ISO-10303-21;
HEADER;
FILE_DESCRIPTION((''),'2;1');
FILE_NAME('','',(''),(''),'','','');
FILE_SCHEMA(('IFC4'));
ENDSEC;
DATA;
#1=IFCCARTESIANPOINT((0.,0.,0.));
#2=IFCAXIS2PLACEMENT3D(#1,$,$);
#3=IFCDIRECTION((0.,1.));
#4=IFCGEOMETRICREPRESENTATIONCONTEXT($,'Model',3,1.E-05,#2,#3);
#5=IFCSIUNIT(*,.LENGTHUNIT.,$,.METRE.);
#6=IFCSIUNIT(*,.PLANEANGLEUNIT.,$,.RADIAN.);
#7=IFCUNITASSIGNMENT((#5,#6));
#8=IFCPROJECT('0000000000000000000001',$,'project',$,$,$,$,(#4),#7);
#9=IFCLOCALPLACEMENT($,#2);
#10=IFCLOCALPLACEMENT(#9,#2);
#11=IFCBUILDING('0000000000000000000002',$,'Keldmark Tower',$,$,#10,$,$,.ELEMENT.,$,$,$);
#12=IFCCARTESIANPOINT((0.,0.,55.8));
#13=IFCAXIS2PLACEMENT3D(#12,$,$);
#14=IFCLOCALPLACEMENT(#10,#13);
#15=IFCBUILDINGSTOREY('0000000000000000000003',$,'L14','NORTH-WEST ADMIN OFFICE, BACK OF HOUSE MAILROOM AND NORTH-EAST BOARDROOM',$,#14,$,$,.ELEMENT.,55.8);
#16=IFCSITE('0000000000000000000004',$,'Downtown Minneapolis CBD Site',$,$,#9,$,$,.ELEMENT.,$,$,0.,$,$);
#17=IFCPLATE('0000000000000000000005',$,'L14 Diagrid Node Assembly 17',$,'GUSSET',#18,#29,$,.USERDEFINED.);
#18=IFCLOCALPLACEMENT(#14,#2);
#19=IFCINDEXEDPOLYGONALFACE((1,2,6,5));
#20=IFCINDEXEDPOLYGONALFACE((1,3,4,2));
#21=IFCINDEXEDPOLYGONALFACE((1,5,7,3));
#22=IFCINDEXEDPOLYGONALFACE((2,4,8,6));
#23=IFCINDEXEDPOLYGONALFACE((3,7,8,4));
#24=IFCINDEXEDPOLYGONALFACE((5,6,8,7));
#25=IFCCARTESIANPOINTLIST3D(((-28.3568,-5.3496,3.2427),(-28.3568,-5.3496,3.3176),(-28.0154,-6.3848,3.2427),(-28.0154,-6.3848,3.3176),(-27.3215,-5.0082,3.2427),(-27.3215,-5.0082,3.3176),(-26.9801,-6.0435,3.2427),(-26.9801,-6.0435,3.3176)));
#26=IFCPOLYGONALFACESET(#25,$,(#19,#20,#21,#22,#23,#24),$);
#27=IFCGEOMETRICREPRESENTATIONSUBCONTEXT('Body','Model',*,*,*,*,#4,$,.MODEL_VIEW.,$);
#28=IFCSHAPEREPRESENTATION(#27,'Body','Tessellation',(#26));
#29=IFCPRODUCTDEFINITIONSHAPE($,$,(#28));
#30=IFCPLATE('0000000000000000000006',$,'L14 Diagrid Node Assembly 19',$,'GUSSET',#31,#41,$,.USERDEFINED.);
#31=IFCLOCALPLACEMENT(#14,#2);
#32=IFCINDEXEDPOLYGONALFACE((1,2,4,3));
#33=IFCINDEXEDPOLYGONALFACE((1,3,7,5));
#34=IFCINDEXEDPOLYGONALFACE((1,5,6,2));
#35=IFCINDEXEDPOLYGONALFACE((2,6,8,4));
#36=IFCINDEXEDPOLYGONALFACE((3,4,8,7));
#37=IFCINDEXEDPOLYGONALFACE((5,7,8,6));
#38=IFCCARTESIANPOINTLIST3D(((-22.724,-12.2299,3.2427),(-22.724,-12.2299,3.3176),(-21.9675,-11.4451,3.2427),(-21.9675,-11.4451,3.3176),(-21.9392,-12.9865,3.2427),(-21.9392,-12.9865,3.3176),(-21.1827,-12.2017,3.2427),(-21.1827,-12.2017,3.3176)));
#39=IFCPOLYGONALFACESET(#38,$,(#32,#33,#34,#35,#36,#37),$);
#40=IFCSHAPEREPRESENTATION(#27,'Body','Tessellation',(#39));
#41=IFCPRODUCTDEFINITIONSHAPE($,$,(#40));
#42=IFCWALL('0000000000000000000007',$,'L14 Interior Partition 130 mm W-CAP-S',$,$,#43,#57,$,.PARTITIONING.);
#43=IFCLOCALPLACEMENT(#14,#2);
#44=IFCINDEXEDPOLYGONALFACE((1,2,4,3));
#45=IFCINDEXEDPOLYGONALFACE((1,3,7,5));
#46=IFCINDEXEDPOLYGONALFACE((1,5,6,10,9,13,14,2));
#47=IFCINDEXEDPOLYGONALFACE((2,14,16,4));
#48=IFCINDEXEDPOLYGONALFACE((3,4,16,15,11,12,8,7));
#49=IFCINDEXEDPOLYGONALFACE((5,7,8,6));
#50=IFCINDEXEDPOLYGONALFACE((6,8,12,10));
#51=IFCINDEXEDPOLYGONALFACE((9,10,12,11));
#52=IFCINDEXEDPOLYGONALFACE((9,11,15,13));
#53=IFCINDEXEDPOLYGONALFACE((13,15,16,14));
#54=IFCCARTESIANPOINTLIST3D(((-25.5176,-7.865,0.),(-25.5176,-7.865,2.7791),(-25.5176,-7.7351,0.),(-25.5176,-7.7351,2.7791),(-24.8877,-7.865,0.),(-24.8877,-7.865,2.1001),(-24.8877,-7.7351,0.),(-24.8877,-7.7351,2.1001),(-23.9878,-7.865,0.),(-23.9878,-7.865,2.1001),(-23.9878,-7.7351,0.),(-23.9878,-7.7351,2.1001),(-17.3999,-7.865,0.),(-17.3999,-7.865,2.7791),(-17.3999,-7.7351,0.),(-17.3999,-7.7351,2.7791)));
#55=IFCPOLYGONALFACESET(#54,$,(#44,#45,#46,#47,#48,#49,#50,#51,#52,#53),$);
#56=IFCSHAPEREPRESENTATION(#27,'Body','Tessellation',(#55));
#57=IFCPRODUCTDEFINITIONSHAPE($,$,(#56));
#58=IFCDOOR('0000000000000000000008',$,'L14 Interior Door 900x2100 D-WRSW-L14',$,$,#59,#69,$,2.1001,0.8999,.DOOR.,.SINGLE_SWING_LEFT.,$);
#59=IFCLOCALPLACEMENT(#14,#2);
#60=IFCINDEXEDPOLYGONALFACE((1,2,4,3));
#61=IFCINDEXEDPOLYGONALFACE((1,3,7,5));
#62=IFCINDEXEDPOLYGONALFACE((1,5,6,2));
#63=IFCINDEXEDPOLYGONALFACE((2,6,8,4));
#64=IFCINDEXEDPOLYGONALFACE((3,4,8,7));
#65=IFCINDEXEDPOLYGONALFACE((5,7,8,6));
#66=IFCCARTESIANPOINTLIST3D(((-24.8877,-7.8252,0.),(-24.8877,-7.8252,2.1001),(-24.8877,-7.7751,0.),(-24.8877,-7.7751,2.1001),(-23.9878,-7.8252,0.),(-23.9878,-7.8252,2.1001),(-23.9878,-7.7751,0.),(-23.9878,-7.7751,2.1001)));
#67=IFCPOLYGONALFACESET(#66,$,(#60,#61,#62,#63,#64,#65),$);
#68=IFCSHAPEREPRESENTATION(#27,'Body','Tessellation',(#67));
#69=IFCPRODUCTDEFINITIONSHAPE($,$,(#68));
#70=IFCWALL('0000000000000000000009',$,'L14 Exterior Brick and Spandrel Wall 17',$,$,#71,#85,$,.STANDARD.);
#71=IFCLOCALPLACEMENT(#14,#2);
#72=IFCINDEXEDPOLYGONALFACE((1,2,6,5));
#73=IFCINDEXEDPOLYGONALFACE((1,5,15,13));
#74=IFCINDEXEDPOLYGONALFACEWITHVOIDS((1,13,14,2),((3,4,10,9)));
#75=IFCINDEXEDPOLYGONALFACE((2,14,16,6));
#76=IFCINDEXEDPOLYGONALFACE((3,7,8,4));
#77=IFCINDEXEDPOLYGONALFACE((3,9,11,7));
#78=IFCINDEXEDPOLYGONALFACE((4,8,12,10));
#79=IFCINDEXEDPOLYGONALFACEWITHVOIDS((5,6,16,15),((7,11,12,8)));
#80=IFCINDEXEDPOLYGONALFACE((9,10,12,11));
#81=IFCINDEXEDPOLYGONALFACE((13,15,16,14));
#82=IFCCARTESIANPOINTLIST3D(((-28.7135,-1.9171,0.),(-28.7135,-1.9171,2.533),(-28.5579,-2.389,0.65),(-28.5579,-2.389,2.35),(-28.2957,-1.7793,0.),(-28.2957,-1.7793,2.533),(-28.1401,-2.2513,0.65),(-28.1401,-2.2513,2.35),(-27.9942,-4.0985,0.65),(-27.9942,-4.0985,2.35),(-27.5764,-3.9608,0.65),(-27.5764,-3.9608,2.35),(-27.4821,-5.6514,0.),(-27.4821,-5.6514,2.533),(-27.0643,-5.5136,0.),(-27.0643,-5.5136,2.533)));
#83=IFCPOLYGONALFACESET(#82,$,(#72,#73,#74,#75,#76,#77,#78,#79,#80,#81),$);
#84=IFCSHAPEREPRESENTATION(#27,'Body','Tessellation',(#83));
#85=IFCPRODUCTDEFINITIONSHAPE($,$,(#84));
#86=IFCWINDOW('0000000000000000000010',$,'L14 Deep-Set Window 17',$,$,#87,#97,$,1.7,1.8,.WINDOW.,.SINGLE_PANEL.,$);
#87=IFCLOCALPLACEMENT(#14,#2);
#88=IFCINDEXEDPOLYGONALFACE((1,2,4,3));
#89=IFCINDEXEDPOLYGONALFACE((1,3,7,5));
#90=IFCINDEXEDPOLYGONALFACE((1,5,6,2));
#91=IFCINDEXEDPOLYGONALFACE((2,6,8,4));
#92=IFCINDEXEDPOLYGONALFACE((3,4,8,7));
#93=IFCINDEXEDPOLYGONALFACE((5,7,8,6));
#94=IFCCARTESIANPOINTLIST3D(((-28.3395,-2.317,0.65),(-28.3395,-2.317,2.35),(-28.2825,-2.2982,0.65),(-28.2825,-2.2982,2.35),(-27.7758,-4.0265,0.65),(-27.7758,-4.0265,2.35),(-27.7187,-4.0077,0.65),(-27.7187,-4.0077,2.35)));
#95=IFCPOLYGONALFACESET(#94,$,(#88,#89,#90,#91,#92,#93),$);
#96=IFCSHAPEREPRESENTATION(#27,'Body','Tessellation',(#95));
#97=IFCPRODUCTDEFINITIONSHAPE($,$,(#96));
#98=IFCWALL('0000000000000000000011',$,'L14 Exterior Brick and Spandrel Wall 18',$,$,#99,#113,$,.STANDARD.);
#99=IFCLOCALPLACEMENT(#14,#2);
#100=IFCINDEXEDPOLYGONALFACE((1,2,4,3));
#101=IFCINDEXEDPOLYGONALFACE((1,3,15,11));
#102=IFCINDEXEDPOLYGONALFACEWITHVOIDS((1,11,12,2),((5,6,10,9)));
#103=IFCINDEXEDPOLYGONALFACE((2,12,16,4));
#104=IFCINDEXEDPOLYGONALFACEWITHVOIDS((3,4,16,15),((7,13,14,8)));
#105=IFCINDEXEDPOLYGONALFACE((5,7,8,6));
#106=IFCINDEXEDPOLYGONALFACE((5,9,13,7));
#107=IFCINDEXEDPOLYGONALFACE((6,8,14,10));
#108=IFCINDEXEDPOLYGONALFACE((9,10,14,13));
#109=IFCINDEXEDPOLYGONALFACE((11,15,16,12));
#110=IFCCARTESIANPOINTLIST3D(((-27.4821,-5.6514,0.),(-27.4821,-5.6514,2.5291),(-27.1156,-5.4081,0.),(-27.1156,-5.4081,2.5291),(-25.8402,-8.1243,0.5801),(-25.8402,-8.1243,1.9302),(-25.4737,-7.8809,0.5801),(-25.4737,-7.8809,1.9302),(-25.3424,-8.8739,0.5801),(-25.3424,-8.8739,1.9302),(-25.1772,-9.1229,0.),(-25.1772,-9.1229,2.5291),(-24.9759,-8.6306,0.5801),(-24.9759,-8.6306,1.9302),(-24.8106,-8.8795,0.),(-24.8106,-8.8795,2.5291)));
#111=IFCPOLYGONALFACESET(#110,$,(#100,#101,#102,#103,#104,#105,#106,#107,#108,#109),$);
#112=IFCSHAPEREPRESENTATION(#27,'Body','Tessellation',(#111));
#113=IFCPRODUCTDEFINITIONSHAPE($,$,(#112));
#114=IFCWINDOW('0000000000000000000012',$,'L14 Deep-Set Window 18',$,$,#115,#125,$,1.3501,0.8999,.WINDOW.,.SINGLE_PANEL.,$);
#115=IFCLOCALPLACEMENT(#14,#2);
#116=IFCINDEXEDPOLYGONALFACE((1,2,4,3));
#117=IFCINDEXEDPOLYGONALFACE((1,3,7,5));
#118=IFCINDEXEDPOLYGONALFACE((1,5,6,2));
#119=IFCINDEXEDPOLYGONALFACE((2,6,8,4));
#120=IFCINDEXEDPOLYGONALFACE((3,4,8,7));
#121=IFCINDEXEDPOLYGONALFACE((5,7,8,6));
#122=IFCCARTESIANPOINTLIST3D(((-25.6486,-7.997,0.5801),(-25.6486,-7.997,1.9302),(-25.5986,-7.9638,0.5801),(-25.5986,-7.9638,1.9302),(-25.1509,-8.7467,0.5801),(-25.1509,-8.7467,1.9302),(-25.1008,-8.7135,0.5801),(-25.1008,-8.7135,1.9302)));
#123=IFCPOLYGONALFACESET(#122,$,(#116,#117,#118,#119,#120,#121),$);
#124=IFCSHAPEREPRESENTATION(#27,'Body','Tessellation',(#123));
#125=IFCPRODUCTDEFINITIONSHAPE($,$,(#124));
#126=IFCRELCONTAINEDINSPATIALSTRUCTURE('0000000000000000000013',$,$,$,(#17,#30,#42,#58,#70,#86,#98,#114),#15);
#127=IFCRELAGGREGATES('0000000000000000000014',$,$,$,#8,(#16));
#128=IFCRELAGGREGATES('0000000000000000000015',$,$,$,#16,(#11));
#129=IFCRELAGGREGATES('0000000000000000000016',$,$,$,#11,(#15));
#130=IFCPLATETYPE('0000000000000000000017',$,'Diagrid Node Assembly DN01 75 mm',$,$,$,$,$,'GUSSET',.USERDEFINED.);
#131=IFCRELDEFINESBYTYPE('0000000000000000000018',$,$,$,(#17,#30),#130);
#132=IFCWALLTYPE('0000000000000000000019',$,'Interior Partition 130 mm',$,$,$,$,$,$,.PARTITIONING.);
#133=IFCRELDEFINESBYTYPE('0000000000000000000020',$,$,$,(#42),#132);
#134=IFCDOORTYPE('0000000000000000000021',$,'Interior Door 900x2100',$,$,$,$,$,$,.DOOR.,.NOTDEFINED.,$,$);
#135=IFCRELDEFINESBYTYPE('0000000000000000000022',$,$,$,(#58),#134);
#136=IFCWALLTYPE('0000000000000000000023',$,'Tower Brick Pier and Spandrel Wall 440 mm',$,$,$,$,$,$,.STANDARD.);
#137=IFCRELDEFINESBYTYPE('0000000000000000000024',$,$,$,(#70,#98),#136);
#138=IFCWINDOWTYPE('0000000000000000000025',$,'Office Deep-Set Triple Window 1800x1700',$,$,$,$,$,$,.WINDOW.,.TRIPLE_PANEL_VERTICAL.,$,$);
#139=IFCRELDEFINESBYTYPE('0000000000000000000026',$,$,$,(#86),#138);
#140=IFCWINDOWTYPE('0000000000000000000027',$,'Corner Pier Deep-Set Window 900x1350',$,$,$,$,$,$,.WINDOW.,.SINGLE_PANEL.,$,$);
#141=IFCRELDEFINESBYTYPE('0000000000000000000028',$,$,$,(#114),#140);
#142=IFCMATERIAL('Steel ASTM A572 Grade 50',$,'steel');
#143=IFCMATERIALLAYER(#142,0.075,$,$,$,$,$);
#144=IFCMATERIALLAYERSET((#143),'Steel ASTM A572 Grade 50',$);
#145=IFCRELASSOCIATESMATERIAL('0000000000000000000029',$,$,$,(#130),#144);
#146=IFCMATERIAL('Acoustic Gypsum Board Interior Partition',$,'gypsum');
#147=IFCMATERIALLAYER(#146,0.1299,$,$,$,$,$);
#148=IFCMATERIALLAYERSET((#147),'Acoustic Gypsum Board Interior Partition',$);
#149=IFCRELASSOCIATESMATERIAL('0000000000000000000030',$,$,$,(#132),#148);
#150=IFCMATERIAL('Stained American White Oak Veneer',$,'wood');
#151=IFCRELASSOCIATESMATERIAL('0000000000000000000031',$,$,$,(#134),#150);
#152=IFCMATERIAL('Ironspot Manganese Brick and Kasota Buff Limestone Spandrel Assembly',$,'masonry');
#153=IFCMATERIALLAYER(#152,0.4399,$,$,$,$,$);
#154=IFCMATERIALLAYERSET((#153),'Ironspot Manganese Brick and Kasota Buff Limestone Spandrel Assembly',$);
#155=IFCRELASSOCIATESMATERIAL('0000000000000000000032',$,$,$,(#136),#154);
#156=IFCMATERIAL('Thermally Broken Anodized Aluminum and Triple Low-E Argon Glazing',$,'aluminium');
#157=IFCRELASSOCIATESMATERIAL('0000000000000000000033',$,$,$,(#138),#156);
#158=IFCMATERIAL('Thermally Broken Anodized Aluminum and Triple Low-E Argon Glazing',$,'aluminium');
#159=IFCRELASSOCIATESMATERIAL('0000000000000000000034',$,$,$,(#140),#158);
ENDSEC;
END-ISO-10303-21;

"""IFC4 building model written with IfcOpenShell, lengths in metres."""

from ifc_helpers import new_model, si_unit, direction, frame, frame_2d, origin, origin_2d, place, context, subcontext, project, spatial, rectangle, extrude, material, layer, layer_set, type_object, element, fill, save


model = new_model("IFC4")

# Units and contexts
model_context = context("Model", 3, precision=1e-05, world=origin(), true_north=direction((0.0, 1.0)))
body_context = subcontext(model_context, "Body", "Model", "MODEL_VIEW")
ifc_project = project(units=[si_unit("LENGTHUNIT", "METRE"), si_unit("PLANEANGLEUNIT", "RADIAN")], contexts=[model_context])

# Site, building, storey
site_placement = place(None, origin())
site = spatial("IfcSite", under=ifc_project, at=site_placement, Name="Downtown Minneapolis CBD Site", CompositionType="ELEMENT", RefElevation=0.0)
building_placement = place(site_placement, origin())
building = spatial("IfcBuilding", under=site, at=building_placement, Name="Keldmark Tower", CompositionType="ELEMENT")
storey_placement = place(building_placement, frame((0.0, 0.0, 55.8)))
storey = spatial("IfcBuildingStorey", under=building, at=storey_placement, Name="L14", Description="NORTH-WEST ADMIN OFFICE, BACK OF HOUSE MAILROOM AND NORTH-EAST BOARDROOM", CompositionType="ELEMENT", Elevation=55.8)

# Plates
ifc_material_1 = material(Name="Steel ASTM A572 Grade 50", Category="steel")
ifc_layer_1 = layer(ifc_material_1, 0.075)
ifc_layer_set_1 = layer_set([ifc_layer_1], Name="Steel ASTM A572 Grade 50")
plate_type = type_object("IfcPlateType", Name="Diagrid Node Assembly DN01 75 mm", ElementType="GUSSET", PredefinedType="USERDEFINED", material=ifc_layer_set_1)
for number, where, z_axis, x_axis, name in (
    (1, (-27.6685, -5.6965, 3.2427), (0.0, 0.0, 1.0), (0.313164, -0.949699, 0.0), "L14 Diagrid Node Assembly 17"),
    (2, (-21.9534, -12.2158, 3.2427), (0.0, 0.0, 1.0), (0.719946, -0.69403, 0.0), "L14 Diagrid Node Assembly 19"),
):
    element("IfcPlate", number, at=place(storey_placement, frame(where, z_axis=z_axis, x_axis=x_axis)), inside=storey, type_object=plate_type, Name=name, ObjectType="GUSSET", PredefinedType="USERDEFINED", context=body_context, shape_type="SweptSolid", body=[
        extrude(rectangle(XDim=1.0901, YDim=1.0901, at=origin_2d()), origin(), (0.0, 0.0, 1.0), 0.075),
    ])

# Wall, opening, door
ifc_material_2 = material(Name="Acoustic Gypsum Board Interior Partition", Category="gypsum")
ifc_layer_2 = layer(ifc_material_2, 0.1299)
ifc_layer_set_2 = layer_set([ifc_layer_2], Name="Acoustic Gypsum Board Interior Partition")
wall_type_1 = type_object("IfcWallType", Name="Interior Partition 130 mm", PredefinedType="PARTITIONING", material=ifc_layer_set_2)
wall_1_placement = place(storey_placement, frame((-25.5176, -7.8, 0.0), z_axis=(0.0, 0.0, 1.0), x_axis=(1.0, 0.0, 0.0)))
wall_1 = element("IfcWall", 3, at=wall_1_placement, inside=storey, type_object=wall_type_1, Name="L14 Interior Partition 130 mm W-CAP-S", PredefinedType="PARTITIONING", context=body_context, shape_type="SweptSolid", body=[
    extrude(rectangle(XDim=8.1177, YDim=0.1299, at=frame_2d((4.0588, 0.0))), origin(), (0.0, 0.0, 1.0), 2.7791),
])
opening_1_placement = place(wall_1_placement, frame((0.6299, 0.0, 0.0)))
opening_1 = element("IfcOpeningElement", 4, at=opening_1_placement, cuts=wall_1, PredefinedType="OPENING", context=body_context, shape_type="SweptSolid", body=[
    extrude(rectangle(XDim=0.8999, YDim=2.1001, at=frame_2d((0.45, 1.05))), frame((0.0, 0.075, 0.0), z_axis=(0.0, -1.0, 0.0), x_axis=(1.0, 0.0, 0.0)), (0.0, 0.0, 1.0), 0.1499),
])
ifc_material_3 = material(Name="Stained American White Oak Veneer", Category="wood")
door_type = type_object("IfcDoorType", Name="Interior Door 900x2100", OperationType="NOTDEFINED", PredefinedType="DOOR", material=ifc_material_3)
door_placement = place(opening_1_placement, origin())
door = element("IfcDoor", 5, at=door_placement, inside=storey, type_object=door_type, Name="L14 Interior Door 900x2100 D-WRSW-L14", OperationType="SINGLE_SWING_LEFT", OverallHeight=2.1001, OverallWidth=0.8999, PredefinedType="DOOR", context=body_context, shape_type="SweptSolid", body=[
    extrude(rectangle(XDim=0.8999, YDim=2.1001, at=frame_2d((0.45, 1.05))), frame((0.0, 0.0249, 0.0), z_axis=(0.0, -1.0, 0.0), x_axis=(1.0, 0.0, 0.0)), (0.0, 0.0, 1.0), 0.05),
])
fill(opening_1, door)

# Walls, openings, windows
ifc_material_4 = material(Name="Ironspot Manganese Brick and Kasota Buff Limestone Spandrel Assembly", Category="masonry")
ifc_layer_3 = layer(ifc_material_4, 0.4399)
ifc_layer_set_3 = layer_set([ifc_layer_3], Name="Ironspot Manganese Brick and Kasota Buff Limestone Spandrel Assembly")
wall_type_2 = type_object("IfcWallType", Name="Tower Brick Pier and Spandrel Wall 440 mm", PredefinedType="STANDARD", material=ifc_layer_set_3)
wall_2_placement = place(storey_placement, frame((-27.2732, -5.5825, 0.0), z_axis=(0.0, 0.0, 1.0), x_axis=(-0.313171, 0.949697, 0.0)))
wall_2 = element("IfcWall", 6, at=wall_2_placement, inside=storey, type_object=wall_type_2, Name="L14 Exterior Brick and Spandrel Wall 17", PredefinedType="STANDARD", context=body_context, shape_type="SweptSolid", body=[
    extrude(rectangle(XDim=3.9321, YDim=0.4399, at=frame_2d((1.9661, 0.0))), origin(), (0.0, 0.0, 1.0), 2.533),
])
opening_2_placement = place(wall_2_placement, frame((1.6353, 0.0, 0.6499)))
opening_2 = element("IfcOpeningElement", 7, at=opening_2_placement, cuts=wall_2, PredefinedType="OPENING", context=body_context, shape_type="SweptSolid", body=[
    extrude(rectangle(XDim=1.8, YDim=1.7, at=frame_2d((0.8999, 0.8501))), frame((0.0, 0.23, 0.0), z_axis=(0.0, -1.0, 0.0), x_axis=(1.0, 0.0, 0.0)), (0.0, 0.0, 1.0), 0.46),
])
ifc_material_5 = material(Name="Thermally Broken Anodized Aluminum and Triple Low-E Argon Glazing", Category="aluminium")
window_type_1 = type_object("IfcWindowType", Name="Office Deep-Set Triple Window 1800x1700", PartitioningType="TRIPLE_PANEL_VERTICAL", PredefinedType="WINDOW", material=ifc_material_5)
window_1_placement = place(opening_2_placement, origin())
window_1 = element("IfcWindow", 8, at=window_1_placement, inside=storey, type_object=window_type_1, Name="L14 Deep-Set Window 17", OverallHeight=1.7, OverallWidth=1.8, PartitioningType="SINGLE_PANEL", PredefinedType="WINDOW", context=body_context, shape_type="SweptSolid", body=[
    extrude(rectangle(XDim=1.8, YDim=1.7, at=frame_2d((0.8999, 0.8501))), frame((0.0, -0.01, 0.0), z_axis=(0.0, -1.0, 0.0), x_axis=(1.0, 0.0, 0.0)), (0.0, 0.0, 1.0), 0.0601),
])
fill(opening_2, window_1)
wall_3_placement = place(storey_placement, frame((-24.9939, -9.0012, 0.0), z_axis=(0.0, 0.0, 1.0), x_axis=(-0.553144, 0.833085, 0.0)))
wall_3 = element("IfcWall", 9, at=wall_3_placement, inside=storey, type_object=wall_type_2, Name="L14 Exterior Brick and Spandrel Wall 18", PredefinedType="STANDARD", context=body_context, shape_type="SweptSolid", body=[
    extrude(rectangle(XDim=4.167, YDim=0.4399, at=frame_2d((2.0835, 0.0))), origin(), (0.0, 0.0, 1.0), 2.5291),
])
opening_3_placement = place(wall_3_placement, frame((0.2988, 0.0, 0.5801)))
opening_3 = element("IfcOpeningElement", 10, at=opening_3_placement, cuts=wall_3, PredefinedType="OPENING", context=body_context, shape_type="SweptSolid", body=[
    extrude(rectangle(XDim=0.8999, YDim=1.3501, at=frame_2d((0.45, 0.675))), frame((0.0, 0.23, 0.0), z_axis=(0.0, -1.0, 0.0), x_axis=(1.0, 0.0, 0.0)), (0.0, 0.0, 1.0), 0.46),
])
ifc_material_6 = material(Name="Thermally Broken Anodized Aluminum and Triple Low-E Argon Glazing", Category="aluminium")
window_type_2 = type_object("IfcWindowType", Name="Corner Pier Deep-Set Window 900x1350", PartitioningType="SINGLE_PANEL", PredefinedType="WINDOW", material=ifc_material_6)
window_2_placement = place(opening_3_placement, origin())
window_2 = element("IfcWindow", 11, at=window_2_placement, inside=storey, type_object=window_type_2, Name="L14 Deep-Set Window 18", OverallHeight=1.3501, OverallWidth=0.8999, PartitioningType="SINGLE_PANEL", PredefinedType="WINDOW", context=body_context, shape_type="SweptSolid", body=[
    extrude(rectangle(XDim=0.8999, YDim=1.3501, at=frame_2d((0.45, 0.675))), frame((0.0, -0.01, 0.0), z_axis=(0.0, -1.0, 0.0), x_axis=(1.0, 0.0, 0.0)), (0.0, 0.0, 1.0), 0.0601),
])
fill(opening_3, window_2)

save(model, "model.ifc")
